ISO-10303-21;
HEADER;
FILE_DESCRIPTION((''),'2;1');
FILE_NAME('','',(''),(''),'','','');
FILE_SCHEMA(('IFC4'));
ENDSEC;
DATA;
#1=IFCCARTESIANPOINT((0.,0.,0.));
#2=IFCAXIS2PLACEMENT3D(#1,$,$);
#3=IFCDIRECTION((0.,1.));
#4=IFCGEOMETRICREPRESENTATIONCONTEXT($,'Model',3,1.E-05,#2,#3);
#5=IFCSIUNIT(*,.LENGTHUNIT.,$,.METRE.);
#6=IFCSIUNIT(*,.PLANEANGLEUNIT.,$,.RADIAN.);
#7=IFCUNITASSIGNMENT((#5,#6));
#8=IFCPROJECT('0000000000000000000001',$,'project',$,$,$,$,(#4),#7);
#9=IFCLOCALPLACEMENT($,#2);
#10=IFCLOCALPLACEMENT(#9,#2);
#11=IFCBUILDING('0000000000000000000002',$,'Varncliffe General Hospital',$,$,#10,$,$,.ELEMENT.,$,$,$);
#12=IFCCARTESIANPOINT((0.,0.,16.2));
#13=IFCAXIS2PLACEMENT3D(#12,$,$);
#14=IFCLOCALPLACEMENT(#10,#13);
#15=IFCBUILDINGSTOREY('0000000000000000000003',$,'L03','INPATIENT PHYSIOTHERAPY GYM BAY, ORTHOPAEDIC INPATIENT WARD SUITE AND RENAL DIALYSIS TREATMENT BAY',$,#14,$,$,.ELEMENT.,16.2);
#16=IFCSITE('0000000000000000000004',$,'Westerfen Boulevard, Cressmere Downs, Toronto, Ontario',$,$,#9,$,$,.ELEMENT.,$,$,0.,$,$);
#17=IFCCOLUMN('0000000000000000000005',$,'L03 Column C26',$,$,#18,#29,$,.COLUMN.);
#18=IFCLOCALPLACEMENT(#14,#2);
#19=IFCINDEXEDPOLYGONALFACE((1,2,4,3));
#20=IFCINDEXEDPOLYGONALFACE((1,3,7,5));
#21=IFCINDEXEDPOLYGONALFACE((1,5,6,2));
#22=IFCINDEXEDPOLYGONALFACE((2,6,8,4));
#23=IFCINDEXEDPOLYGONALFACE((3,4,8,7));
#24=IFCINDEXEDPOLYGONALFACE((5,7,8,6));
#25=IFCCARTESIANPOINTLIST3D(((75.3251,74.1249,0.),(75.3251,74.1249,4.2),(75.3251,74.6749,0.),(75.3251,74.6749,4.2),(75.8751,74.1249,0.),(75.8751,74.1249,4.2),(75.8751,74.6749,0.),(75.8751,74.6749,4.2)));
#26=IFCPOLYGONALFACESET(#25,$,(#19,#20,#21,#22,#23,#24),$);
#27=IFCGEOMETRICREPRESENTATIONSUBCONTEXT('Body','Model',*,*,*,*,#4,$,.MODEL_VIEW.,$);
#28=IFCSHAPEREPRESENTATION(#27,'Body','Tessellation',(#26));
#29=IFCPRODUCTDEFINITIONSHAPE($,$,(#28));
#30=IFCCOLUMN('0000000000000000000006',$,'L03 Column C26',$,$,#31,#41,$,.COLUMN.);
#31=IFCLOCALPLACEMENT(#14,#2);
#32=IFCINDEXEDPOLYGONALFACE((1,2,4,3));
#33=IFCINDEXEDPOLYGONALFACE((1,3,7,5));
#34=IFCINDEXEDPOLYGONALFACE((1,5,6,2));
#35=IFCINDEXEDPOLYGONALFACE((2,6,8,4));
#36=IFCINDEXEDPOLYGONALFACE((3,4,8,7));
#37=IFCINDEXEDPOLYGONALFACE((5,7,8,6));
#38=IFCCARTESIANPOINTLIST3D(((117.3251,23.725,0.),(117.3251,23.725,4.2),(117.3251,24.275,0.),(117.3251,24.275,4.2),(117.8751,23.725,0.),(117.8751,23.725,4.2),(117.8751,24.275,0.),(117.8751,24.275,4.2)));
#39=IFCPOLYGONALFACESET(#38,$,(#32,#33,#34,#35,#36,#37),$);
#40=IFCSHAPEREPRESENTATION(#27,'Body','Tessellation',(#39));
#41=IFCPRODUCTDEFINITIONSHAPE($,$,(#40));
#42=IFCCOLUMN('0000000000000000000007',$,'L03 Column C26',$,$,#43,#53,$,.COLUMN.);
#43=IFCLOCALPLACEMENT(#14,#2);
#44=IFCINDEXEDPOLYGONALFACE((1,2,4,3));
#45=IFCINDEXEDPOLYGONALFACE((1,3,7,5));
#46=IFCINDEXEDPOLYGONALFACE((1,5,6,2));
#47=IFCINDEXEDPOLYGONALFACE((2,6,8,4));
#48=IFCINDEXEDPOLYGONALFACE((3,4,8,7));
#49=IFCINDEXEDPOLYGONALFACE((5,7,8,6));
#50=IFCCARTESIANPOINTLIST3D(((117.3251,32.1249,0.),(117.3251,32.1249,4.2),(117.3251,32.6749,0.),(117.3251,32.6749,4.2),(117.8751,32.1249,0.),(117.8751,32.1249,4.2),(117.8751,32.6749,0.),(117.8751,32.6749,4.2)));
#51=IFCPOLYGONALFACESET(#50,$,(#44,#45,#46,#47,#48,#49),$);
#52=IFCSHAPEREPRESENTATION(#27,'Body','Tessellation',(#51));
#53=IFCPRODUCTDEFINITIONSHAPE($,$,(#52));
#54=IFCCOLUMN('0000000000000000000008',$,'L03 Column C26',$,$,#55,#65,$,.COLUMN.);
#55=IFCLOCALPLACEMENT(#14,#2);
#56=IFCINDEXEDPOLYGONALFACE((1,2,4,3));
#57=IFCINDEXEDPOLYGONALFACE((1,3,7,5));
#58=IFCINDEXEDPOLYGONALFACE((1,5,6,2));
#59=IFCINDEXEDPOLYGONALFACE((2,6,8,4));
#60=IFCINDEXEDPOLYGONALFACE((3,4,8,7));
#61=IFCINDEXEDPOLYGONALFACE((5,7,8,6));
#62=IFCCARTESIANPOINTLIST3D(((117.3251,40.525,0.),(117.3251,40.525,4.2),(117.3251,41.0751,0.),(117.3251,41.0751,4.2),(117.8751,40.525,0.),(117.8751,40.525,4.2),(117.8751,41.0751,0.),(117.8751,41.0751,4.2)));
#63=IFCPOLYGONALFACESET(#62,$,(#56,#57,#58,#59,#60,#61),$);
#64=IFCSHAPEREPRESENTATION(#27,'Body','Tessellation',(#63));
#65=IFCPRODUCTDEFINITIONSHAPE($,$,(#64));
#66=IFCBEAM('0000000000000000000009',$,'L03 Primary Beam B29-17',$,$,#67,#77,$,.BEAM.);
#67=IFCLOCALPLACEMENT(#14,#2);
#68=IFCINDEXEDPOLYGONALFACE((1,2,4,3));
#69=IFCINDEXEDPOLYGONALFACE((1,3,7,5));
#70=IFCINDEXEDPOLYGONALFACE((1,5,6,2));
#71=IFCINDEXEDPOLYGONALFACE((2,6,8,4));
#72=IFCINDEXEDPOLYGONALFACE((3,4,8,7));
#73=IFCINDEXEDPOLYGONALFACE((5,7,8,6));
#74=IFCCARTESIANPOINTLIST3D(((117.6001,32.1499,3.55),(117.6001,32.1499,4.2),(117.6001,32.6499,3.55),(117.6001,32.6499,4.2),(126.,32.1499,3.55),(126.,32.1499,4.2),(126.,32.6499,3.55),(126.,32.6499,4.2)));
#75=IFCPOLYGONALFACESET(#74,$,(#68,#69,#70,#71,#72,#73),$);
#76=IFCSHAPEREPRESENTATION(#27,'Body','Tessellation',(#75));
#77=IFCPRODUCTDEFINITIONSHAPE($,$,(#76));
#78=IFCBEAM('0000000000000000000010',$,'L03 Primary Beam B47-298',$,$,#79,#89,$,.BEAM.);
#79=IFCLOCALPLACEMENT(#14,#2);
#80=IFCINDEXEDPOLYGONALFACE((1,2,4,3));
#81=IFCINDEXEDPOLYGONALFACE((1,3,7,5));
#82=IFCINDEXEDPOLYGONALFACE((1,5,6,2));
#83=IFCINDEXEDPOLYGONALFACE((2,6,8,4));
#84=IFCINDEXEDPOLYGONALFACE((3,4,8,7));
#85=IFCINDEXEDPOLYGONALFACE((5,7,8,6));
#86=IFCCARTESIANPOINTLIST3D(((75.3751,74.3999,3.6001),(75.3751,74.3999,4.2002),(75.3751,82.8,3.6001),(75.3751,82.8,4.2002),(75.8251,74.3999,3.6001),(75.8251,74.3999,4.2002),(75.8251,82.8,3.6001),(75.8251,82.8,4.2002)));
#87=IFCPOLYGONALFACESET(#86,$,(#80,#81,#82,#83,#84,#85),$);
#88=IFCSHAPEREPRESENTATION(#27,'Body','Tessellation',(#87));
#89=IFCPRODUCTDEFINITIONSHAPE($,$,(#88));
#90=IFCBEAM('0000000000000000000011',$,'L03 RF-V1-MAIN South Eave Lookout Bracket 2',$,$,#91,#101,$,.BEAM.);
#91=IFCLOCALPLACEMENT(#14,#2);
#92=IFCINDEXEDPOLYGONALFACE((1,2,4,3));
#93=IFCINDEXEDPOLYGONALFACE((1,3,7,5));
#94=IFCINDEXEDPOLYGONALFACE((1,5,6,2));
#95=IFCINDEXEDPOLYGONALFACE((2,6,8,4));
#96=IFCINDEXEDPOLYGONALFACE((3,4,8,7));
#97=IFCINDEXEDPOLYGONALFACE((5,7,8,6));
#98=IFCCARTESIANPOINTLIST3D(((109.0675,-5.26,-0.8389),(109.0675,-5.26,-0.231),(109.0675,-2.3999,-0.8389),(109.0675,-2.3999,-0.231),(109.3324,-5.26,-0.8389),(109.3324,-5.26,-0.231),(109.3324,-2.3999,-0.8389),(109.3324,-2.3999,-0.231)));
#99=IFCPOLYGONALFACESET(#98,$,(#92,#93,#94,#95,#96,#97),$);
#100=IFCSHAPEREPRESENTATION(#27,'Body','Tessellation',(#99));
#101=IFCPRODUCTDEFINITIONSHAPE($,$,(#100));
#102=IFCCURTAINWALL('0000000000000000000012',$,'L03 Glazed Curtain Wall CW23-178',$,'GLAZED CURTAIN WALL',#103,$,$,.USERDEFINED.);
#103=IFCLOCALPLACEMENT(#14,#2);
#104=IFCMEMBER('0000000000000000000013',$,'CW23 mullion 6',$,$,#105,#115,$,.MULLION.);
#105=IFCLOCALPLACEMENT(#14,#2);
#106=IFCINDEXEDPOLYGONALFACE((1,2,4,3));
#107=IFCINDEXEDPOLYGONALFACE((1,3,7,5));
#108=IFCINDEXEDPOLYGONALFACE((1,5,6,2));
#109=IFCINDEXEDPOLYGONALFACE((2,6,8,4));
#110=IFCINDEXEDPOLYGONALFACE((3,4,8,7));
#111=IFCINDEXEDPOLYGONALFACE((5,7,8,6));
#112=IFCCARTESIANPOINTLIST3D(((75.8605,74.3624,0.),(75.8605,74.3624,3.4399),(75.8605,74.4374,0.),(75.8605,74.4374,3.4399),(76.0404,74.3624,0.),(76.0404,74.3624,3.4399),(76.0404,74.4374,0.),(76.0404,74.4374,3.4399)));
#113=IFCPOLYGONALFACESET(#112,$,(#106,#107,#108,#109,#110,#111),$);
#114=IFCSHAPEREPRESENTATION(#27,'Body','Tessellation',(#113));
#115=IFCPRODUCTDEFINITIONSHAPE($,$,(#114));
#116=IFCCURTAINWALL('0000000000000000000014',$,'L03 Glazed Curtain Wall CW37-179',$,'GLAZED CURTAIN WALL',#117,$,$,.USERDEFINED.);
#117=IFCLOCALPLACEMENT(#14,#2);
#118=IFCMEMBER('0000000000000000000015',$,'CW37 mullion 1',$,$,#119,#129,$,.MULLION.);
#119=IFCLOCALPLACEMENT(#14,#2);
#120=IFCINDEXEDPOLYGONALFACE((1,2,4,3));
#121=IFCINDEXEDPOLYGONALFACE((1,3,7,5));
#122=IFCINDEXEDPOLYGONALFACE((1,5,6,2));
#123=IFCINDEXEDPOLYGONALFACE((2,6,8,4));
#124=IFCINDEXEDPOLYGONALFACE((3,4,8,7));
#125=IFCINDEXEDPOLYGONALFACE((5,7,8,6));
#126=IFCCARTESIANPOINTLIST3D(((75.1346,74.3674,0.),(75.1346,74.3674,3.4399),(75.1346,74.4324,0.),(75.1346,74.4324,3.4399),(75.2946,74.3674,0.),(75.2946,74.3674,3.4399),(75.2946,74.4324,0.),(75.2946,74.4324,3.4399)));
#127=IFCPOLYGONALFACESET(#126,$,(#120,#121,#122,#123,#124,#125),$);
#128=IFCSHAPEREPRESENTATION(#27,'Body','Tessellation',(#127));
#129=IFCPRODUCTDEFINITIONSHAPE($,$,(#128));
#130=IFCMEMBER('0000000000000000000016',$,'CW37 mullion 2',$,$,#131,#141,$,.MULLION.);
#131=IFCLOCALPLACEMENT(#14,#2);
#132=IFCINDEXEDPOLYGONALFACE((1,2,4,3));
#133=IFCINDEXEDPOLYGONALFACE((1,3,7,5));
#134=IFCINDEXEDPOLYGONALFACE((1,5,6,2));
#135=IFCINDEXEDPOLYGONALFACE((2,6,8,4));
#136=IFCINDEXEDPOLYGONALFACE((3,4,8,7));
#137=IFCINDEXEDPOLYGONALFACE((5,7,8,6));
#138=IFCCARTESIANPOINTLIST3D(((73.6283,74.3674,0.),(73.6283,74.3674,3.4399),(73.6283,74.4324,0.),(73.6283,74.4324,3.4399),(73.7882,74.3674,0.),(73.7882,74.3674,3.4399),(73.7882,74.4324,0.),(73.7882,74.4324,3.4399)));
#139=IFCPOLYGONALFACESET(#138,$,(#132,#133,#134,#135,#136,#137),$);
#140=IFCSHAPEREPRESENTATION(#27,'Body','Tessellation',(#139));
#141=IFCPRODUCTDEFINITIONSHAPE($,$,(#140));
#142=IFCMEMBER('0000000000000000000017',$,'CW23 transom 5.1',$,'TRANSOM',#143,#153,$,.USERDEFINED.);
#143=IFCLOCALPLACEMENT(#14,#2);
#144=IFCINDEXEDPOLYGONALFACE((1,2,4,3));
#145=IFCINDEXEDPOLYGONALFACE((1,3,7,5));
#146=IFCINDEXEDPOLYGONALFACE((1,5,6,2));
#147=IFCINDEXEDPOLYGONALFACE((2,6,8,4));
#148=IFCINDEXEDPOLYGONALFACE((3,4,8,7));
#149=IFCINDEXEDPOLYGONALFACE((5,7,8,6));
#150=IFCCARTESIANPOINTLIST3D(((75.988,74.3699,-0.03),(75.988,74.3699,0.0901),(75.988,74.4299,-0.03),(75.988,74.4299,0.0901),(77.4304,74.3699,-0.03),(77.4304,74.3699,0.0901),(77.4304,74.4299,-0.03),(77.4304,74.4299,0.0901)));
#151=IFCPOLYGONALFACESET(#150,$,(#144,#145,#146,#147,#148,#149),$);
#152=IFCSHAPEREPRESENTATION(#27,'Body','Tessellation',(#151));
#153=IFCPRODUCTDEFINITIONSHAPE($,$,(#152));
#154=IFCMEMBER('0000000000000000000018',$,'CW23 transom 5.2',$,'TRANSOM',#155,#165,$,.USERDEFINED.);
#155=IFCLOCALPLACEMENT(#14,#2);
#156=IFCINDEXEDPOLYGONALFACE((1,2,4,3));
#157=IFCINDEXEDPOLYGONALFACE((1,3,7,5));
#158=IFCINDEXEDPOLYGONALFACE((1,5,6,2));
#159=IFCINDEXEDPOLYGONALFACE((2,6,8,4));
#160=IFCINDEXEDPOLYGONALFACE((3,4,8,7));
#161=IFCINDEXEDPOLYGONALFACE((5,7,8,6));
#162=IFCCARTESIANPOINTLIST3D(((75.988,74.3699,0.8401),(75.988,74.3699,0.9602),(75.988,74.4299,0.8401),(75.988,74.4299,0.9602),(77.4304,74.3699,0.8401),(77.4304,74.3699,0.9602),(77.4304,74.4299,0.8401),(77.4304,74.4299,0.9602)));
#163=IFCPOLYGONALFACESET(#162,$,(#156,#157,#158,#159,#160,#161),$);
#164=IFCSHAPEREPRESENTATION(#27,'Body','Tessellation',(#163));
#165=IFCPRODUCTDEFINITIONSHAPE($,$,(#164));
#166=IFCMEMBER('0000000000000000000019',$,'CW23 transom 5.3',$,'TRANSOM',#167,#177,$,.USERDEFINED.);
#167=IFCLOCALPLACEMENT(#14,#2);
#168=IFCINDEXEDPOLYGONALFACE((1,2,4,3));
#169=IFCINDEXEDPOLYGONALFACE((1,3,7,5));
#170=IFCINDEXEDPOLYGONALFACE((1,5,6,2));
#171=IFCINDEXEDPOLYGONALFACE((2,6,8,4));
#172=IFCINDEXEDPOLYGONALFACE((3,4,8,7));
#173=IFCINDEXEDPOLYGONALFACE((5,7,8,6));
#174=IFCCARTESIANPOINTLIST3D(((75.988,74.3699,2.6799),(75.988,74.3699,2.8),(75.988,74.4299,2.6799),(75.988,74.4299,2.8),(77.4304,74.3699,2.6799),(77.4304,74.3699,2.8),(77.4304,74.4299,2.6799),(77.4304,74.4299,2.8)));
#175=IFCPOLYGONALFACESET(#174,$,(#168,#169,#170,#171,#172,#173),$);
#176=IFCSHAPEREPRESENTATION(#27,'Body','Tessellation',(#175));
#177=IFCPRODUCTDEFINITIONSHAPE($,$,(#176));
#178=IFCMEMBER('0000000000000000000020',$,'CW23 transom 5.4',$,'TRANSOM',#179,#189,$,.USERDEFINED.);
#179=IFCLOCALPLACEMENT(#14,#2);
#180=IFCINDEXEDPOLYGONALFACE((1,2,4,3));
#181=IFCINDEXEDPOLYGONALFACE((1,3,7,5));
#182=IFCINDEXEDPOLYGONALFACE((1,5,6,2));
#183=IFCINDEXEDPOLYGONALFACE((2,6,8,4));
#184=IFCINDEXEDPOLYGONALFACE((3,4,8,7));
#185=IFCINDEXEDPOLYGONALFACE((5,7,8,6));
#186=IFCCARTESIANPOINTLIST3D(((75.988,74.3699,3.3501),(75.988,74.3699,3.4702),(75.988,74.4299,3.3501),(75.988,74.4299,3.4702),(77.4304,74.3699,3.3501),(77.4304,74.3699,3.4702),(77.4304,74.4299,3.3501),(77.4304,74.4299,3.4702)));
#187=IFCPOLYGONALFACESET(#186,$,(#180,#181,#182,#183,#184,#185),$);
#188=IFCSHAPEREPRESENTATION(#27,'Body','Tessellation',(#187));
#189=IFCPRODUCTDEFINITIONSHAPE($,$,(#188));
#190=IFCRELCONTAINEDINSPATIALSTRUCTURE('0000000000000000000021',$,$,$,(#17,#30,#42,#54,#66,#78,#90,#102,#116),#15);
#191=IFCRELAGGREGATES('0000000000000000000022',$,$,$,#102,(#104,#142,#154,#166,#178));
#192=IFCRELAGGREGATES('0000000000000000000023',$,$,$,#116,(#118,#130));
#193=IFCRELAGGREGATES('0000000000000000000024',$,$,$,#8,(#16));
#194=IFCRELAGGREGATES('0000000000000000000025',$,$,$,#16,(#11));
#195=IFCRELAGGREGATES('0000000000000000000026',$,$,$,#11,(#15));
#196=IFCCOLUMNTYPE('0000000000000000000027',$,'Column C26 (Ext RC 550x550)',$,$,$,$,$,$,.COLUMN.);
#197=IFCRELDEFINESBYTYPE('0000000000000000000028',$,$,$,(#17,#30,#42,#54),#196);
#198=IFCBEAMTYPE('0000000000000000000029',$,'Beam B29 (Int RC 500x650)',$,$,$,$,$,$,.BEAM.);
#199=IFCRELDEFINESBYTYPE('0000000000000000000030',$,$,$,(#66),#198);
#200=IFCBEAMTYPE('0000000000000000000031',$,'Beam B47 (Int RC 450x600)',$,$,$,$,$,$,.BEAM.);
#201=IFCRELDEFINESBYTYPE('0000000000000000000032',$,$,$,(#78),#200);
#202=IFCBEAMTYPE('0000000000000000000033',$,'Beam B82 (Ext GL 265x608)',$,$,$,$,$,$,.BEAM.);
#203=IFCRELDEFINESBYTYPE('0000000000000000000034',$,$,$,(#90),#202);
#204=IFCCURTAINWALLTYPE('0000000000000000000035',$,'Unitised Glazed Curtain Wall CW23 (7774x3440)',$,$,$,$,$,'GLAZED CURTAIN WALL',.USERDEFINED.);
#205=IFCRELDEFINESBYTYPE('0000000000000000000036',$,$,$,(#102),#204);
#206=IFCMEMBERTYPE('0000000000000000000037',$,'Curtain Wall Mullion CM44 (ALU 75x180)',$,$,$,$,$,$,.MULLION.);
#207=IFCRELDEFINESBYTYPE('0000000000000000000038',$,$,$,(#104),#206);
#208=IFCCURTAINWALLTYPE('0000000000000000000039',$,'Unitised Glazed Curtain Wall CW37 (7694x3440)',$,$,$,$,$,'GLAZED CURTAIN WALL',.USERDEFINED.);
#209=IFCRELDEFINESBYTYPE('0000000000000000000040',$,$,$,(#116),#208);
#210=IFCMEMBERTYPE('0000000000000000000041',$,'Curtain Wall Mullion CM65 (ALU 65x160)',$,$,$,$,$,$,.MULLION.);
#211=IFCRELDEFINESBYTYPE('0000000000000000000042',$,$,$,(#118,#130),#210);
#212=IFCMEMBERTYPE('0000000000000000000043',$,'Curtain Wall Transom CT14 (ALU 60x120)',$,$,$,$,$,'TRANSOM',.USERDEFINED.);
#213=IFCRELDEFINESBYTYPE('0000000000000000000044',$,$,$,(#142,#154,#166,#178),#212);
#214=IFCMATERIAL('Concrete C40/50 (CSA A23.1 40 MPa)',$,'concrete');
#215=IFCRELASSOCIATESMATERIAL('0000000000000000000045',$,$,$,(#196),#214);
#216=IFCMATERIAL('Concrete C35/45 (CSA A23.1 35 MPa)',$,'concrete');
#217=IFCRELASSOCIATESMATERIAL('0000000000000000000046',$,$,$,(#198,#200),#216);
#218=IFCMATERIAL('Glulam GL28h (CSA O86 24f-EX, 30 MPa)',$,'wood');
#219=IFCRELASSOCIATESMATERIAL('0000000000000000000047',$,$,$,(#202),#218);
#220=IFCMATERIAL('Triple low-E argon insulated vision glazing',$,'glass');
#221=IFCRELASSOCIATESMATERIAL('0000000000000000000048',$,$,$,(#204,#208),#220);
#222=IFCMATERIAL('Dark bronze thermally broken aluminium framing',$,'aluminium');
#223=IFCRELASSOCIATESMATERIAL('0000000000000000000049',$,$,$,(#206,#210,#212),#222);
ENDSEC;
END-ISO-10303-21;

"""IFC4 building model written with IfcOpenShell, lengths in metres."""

from ifc_helpers import new_model, si_unit, direction, frame, origin, origin_2d, place, context, subcontext, project, spatial, rectangle, extrude, material, material_profile, profile_set, type_object, element, aggregate, save


model = new_model("IFC4")

# Units and contexts
model_context = context("Model", 3, precision=1e-05, world=origin(), true_north=direction((0.0, 1.0)))
body_context = subcontext(model_context, "Body", "Model", "MODEL_VIEW")
ifc_project = project(units=[si_unit("LENGTHUNIT", "METRE"), si_unit("PLANEANGLEUNIT", "RADIAN")], contexts=[model_context])

# Site, building, storey
site_placement = place(None, origin())
site = spatial("IfcSite", under=ifc_project, at=site_placement, Name="Westerfen Boulevard, Cressmere Downs, Toronto, Ontario", CompositionType="ELEMENT", RefElevation=0.0)
building_placement = place(site_placement, origin())
building = spatial("IfcBuilding", under=site, at=building_placement, Name="Varncliffe General Hospital", CompositionType="ELEMENT")
storey_placement = place(building_placement, frame((0.0, 0.0, 16.2)))
storey = spatial("IfcBuildingStorey", under=building, at=storey_placement, Name="L03", Description="INPATIENT PHYSIOTHERAPY GYM BAY, ORTHOPAEDIC INPATIENT WARD SUITE AND RENAL DIALYSIS TREATMENT BAY", CompositionType="ELEMENT", Elevation=16.2)

# Columns
ifc_material_1 = material(Name="Concrete C40/50 (CSA A23.1 40 MPa)", Category="concrete")
ifc_material_profile_1 = material_profile(ifc_material_1, rectangle(XDim=0.55, YDim=0.55, at=origin_2d()), Name="RC 550x550")
ifc_profile_set_1 = profile_set([ifc_material_profile_1], Name="Concrete C40/50 (CSA A23.1 40 MPa)")
column_type = type_object("IfcColumnType", Name="Column C26 (Ext RC 550x550)", PredefinedType="COLUMN", material=ifc_profile_set_1)
for number, where, z_axis, x_axis, name in (
    (1, (75.6001, 74.3999, 0.0), (0.0, 0.0, 1.0), (1.0, 0.0, 0.0), "L03 Column C26"),
    (2, (117.6001, 24.0, 0.0), (0.0, 0.0, 1.0), (1.0, 0.0, 0.0), "L03 Column C26"),
    (3, (117.6001, 32.3999, 0.0), (0.0, 0.0, 1.0), (1.0, 0.0, 0.0), "L03 Column C26"),
    (4, (117.6001, 40.8, 0.0), (0.0, 0.0, 1.0), (1.0, 0.0, 0.0), "L03 Column C26"),
):
    element("IfcColumn", number, at=place(storey_placement, frame(where, z_axis=z_axis, x_axis=x_axis)), inside=storey, type_object=column_type, Name=name, PredefinedType="COLUMN", context=body_context, shape_type="SweptSolid", body=[
        extrude(rectangle(XDim=0.55, YDim=0.55, at=origin_2d()), origin(), (0.0, 0.0, 1.0), 4.2),
    ])

# Beams
ifc_material_2 = material(Name="Concrete C35/45 (CSA A23.1 35 MPa)", Category="concrete")
ifc_material_profile_2 = material_profile(ifc_material_2, rectangle(XDim=0.5, YDim=0.6499, at=origin_2d()), Name="RC 500x650")
ifc_profile_set_2 = profile_set([ifc_material_profile_2], Name="Concrete C35/45 (CSA A23.1 35 MPa)")
beam_type_1 = type_object("IfcBeamType", Name="Beam B29 (Int RC 500x650)", PredefinedType="BEAM", material=ifc_profile_set_2)
beam_1_placement = place(storey_placement, frame((117.6001, 32.3999, 3.875), z_axis=(1.0, 0.0, 0.0), x_axis=(0.0, 1.0, 0.0)))
element("IfcBeam", 5, at=beam_1_placement, inside=storey, type_object=beam_type_1, Name="L03 Primary Beam B29-17", PredefinedType="BEAM", context=body_context, shape_type="SweptSolid", body=[
    extrude(rectangle(XDim=0.5, YDim=0.6499, at=origin_2d()), origin(), (0.0, 0.0, 1.0), 8.3999),
])
ifc_material_profile_3 = material_profile(ifc_material_2, rectangle(XDim=0.45, YDim=0.6001, at=origin_2d()), Name="RC 450x600")
ifc_profile_set_3 = profile_set([ifc_material_profile_3], Name="Concrete C35/45 (CSA A23.1 35 MPa)")
beam_type_2 = type_object("IfcBeamType", Name="Beam B47 (Int RC 450x600)", PredefinedType="BEAM", material=ifc_profile_set_3)
beam_2_placement = place(storey_placement, frame((75.6001, 74.3999, 3.9001), z_axis=(0.0, 1.0, 0.0), x_axis=(-1.0, 0.0, 0.0)))
element("IfcBeam", 6, at=beam_2_placement, inside=storey, type_object=beam_type_2, Name="L03 Primary Beam B47-298", PredefinedType="BEAM", context=body_context, shape_type="SweptSolid", body=[
    extrude(rectangle(XDim=0.45, YDim=0.6001, at=origin_2d()), origin(), (0.0, 0.0, 1.0), 8.4001),
])
ifc_material_3 = material(Name="Glulam GL28h (CSA O86 24f-EX, 30 MPa)", Category="wood")
ifc_material_profile_4 = material_profile(ifc_material_3, rectangle(XDim=0.2649, YDim=0.6079, at=origin_2d()), Name="GL 265x608")
ifc_profile_set_4 = profile_set([ifc_material_profile_4], Name="Glulam GL28h (CSA O86 24f-EX, 30 MPa)")
beam_type_3 = type_object("IfcBeamType", Name="Beam B82 (Ext GL 265x608)", PredefinedType="BEAM", material=ifc_profile_set_4)
beam_3_placement = place(storey_placement, frame((109.2, -5.26, -0.5349), z_axis=(0.0, 1.0, 0.0), x_axis=(-1.0, 0.0, 0.0)))
element("IfcBeam", 7, at=beam_3_placement, inside=storey, type_object=beam_type_3, Name="L03 RF-V1-MAIN South Eave Lookout Bracket 2", PredefinedType="BEAM", context=body_context, shape_type="SweptSolid", body=[
    extrude(rectangle(XDim=0.2649, YDim=0.6079, at=origin_2d()), origin(), (0.0, 0.0, 1.0), 2.8601),
])

# Curtain wall, member
ifc_material_4 = material(Name="Triple low-E argon insulated vision glazing", Category="glass")
curtain_wall_type_1 = type_object("IfcCurtainWallType", Name="Unitised Glazed Curtain Wall CW23 (7774x3440)", ElementType="GLAZED CURTAIN WALL", PredefinedType="USERDEFINED", material=ifc_material_4)
curtain_wall_1_placement = place(storey_placement, origin())
curtain_wall_1 = element("IfcCurtainWall", 8, at=curtain_wall_1_placement, inside=storey, type_object=curtain_wall_type_1, Name="L03 Glazed Curtain Wall CW23-178", ObjectType="GLAZED CURTAIN WALL", PredefinedType="USERDEFINED")
ifc_material_5 = material(Name="Dark bronze thermally broken aluminium framing", Category="aluminium")
ifc_material_profile_5 = material_profile(ifc_material_5, rectangle(XDim=0.075, YDim=0.1799, at=origin_2d()), Name="ALU 75x180")
ifc_profile_set_5 = profile_set([ifc_material_profile_5], Name="Dark bronze thermally broken aluminium framing")
member_type_1 = type_object("IfcMemberType", Name="Curtain Wall Mullion CM44 (ALU 75x180)", PredefinedType="MULLION", material=ifc_profile_set_5)
member_1_placement = place(storey_placement, frame((75.9504, 74.3999, 0.0), z_axis=(0.0, 0.0, 1.0), x_axis=(0.0, -1.0, 0.0)))
member_1 = element("IfcMember", 9, at=member_1_placement, type_object=member_type_1, Name="CW23 mullion 6", PredefinedType="MULLION", context=body_context, shape_type="SweptSolid", body=[
    extrude(rectangle(XDim=0.075, YDim=0.1799, at=origin_2d()), origin(), (0.0, 0.0, 1.0), 3.4399),
])

# Curtain wall, members
curtain_wall_type_2 = type_object("IfcCurtainWallType", Name="Unitised Glazed Curtain Wall CW37 (7694x3440)", ElementType="GLAZED CURTAIN WALL", PredefinedType="USERDEFINED", material=ifc_material_4)
curtain_wall_2_placement = place(storey_placement, origin())
curtain_wall_2 = element("IfcCurtainWall", 10, at=curtain_wall_2_placement, inside=storey, type_object=curtain_wall_type_2, Name="L03 Glazed Curtain Wall CW37-179", ObjectType="GLAZED CURTAIN WALL", PredefinedType="USERDEFINED")
ifc_material_profile_6 = material_profile(ifc_material_5, rectangle(XDim=0.0649, YDim=0.1599, at=origin_2d()), Name="ALU 65x160")
ifc_profile_set_6 = profile_set([ifc_material_profile_6], Name="Dark bronze thermally broken aluminium framing")
member_type_2 = type_object("IfcMemberType", Name="Curtain Wall Mullion CM65 (ALU 65x160)", PredefinedType="MULLION", material=ifc_profile_set_6)
member_2_placement = place(storey_placement, frame((75.2146, 74.3999, 0.0), z_axis=(0.0, 0.0, 1.0), x_axis=(0.0, -1.0, 0.0)))
member_2 = element("IfcMember", 11, at=member_2_placement, type_object=member_type_2, Name="CW37 mullion 1", PredefinedType="MULLION", context=body_context, shape_type="SweptSolid", body=[
    extrude(rectangle(XDim=0.0649, YDim=0.1599, at=origin_2d()), origin(), (0.0, 0.0, 1.0), 3.4399),
])
member_3_placement = place(storey_placement, frame((73.7083, 74.3999, 0.0), z_axis=(0.0, 0.0, 1.0), x_axis=(0.0, -1.0, 0.0)))
member_3 = element("IfcMember", 12, at=member_3_placement, type_object=member_type_2, Name="CW37 mullion 2", PredefinedType="MULLION", context=body_context, shape_type="SweptSolid", body=[
    extrude(rectangle(XDim=0.0649, YDim=0.1599, at=origin_2d()), origin(), (0.0, 0.0, 1.0), 3.4399),
])

# Members
ifc_material_profile_7 = material_profile(ifc_material_5, rectangle(XDim=0.0601, YDim=0.1201, at=origin_2d()), Name="ALU 60x120")
ifc_profile_set_7 = profile_set([ifc_material_profile_7], Name="Dark bronze thermally broken aluminium framing")
member_type_3 = type_object("IfcMemberType", Name="Curtain Wall Transom CT14 (ALU 60x120)", ElementType="TRANSOM", PredefinedType="USERDEFINED", material=ifc_profile_set_7)
member_4_placement = place(storey_placement, frame((77.4304, 74.3999, 0.03), z_axis=(-1.0, 0.0, 0.0), x_axis=(0.0, -1.0, 0.0)))
member_4 = element("IfcMember", 13, at=member_4_placement, type_object=member_type_3, Name="CW23 transom 5.1", ObjectType="TRANSOM", PredefinedType="USERDEFINED", context=body_context, shape_type="SweptSolid", body=[
    extrude(rectangle(XDim=0.0601, YDim=0.1201, at=origin_2d()), origin(), (0.0, 0.0, 1.0), 1.4424),
])
member_5_placement = place(storey_placement, frame((77.4304, 74.3999, 0.9001), z_axis=(-1.0, 0.0, 0.0), x_axis=(0.0, -1.0, 0.0)))
member_5 = element("IfcMember", 14, at=member_5_placement, type_object=member_type_3, Name="CW23 transom 5.2", ObjectType="TRANSOM", PredefinedType="USERDEFINED", context=body_context, shape_type="SweptSolid", body=[
    extrude(rectangle(XDim=0.0601, YDim=0.1201, at=origin_2d()), origin(), (0.0, 0.0, 1.0), 1.4424),
])
member_6_placement = place(storey_placement, frame((77.4304, 74.3999, 2.74), z_axis=(-1.0, 0.0, 0.0), x_axis=(0.0, -1.0, 0.0)))
member_6 = element("IfcMember", 15, at=member_6_placement, type_object=member_type_3, Name="CW23 transom 5.3", ObjectType="TRANSOM", PredefinedType="USERDEFINED", context=body_context, shape_type="SweptSolid", body=[
    extrude(rectangle(XDim=0.0601, YDim=0.1201, at=origin_2d()), origin(), (0.0, 0.0, 1.0), 1.4424),
])
member_7_placement = place(storey_placement, frame((77.4304, 74.3999, 3.4102), z_axis=(-1.0, 0.0, 0.0), x_axis=(0.0, -1.0, 0.0)))
member_7 = element("IfcMember", 16, at=member_7_placement, type_object=member_type_3, Name="CW23 transom 5.4", ObjectType="TRANSOM", PredefinedType="USERDEFINED", context=body_context, shape_type="SweptSolid", body=[
    extrude(rectangle(XDim=0.0601, YDim=0.1201, at=origin_2d()), origin(), (0.0, 0.0, 1.0), 1.4424),
])

aggregate(curtain_wall_1, [member_1, member_4, member_5, member_6, member_7])
aggregate(curtain_wall_2, [member_2, member_3])

save(model, "model.ifc")
